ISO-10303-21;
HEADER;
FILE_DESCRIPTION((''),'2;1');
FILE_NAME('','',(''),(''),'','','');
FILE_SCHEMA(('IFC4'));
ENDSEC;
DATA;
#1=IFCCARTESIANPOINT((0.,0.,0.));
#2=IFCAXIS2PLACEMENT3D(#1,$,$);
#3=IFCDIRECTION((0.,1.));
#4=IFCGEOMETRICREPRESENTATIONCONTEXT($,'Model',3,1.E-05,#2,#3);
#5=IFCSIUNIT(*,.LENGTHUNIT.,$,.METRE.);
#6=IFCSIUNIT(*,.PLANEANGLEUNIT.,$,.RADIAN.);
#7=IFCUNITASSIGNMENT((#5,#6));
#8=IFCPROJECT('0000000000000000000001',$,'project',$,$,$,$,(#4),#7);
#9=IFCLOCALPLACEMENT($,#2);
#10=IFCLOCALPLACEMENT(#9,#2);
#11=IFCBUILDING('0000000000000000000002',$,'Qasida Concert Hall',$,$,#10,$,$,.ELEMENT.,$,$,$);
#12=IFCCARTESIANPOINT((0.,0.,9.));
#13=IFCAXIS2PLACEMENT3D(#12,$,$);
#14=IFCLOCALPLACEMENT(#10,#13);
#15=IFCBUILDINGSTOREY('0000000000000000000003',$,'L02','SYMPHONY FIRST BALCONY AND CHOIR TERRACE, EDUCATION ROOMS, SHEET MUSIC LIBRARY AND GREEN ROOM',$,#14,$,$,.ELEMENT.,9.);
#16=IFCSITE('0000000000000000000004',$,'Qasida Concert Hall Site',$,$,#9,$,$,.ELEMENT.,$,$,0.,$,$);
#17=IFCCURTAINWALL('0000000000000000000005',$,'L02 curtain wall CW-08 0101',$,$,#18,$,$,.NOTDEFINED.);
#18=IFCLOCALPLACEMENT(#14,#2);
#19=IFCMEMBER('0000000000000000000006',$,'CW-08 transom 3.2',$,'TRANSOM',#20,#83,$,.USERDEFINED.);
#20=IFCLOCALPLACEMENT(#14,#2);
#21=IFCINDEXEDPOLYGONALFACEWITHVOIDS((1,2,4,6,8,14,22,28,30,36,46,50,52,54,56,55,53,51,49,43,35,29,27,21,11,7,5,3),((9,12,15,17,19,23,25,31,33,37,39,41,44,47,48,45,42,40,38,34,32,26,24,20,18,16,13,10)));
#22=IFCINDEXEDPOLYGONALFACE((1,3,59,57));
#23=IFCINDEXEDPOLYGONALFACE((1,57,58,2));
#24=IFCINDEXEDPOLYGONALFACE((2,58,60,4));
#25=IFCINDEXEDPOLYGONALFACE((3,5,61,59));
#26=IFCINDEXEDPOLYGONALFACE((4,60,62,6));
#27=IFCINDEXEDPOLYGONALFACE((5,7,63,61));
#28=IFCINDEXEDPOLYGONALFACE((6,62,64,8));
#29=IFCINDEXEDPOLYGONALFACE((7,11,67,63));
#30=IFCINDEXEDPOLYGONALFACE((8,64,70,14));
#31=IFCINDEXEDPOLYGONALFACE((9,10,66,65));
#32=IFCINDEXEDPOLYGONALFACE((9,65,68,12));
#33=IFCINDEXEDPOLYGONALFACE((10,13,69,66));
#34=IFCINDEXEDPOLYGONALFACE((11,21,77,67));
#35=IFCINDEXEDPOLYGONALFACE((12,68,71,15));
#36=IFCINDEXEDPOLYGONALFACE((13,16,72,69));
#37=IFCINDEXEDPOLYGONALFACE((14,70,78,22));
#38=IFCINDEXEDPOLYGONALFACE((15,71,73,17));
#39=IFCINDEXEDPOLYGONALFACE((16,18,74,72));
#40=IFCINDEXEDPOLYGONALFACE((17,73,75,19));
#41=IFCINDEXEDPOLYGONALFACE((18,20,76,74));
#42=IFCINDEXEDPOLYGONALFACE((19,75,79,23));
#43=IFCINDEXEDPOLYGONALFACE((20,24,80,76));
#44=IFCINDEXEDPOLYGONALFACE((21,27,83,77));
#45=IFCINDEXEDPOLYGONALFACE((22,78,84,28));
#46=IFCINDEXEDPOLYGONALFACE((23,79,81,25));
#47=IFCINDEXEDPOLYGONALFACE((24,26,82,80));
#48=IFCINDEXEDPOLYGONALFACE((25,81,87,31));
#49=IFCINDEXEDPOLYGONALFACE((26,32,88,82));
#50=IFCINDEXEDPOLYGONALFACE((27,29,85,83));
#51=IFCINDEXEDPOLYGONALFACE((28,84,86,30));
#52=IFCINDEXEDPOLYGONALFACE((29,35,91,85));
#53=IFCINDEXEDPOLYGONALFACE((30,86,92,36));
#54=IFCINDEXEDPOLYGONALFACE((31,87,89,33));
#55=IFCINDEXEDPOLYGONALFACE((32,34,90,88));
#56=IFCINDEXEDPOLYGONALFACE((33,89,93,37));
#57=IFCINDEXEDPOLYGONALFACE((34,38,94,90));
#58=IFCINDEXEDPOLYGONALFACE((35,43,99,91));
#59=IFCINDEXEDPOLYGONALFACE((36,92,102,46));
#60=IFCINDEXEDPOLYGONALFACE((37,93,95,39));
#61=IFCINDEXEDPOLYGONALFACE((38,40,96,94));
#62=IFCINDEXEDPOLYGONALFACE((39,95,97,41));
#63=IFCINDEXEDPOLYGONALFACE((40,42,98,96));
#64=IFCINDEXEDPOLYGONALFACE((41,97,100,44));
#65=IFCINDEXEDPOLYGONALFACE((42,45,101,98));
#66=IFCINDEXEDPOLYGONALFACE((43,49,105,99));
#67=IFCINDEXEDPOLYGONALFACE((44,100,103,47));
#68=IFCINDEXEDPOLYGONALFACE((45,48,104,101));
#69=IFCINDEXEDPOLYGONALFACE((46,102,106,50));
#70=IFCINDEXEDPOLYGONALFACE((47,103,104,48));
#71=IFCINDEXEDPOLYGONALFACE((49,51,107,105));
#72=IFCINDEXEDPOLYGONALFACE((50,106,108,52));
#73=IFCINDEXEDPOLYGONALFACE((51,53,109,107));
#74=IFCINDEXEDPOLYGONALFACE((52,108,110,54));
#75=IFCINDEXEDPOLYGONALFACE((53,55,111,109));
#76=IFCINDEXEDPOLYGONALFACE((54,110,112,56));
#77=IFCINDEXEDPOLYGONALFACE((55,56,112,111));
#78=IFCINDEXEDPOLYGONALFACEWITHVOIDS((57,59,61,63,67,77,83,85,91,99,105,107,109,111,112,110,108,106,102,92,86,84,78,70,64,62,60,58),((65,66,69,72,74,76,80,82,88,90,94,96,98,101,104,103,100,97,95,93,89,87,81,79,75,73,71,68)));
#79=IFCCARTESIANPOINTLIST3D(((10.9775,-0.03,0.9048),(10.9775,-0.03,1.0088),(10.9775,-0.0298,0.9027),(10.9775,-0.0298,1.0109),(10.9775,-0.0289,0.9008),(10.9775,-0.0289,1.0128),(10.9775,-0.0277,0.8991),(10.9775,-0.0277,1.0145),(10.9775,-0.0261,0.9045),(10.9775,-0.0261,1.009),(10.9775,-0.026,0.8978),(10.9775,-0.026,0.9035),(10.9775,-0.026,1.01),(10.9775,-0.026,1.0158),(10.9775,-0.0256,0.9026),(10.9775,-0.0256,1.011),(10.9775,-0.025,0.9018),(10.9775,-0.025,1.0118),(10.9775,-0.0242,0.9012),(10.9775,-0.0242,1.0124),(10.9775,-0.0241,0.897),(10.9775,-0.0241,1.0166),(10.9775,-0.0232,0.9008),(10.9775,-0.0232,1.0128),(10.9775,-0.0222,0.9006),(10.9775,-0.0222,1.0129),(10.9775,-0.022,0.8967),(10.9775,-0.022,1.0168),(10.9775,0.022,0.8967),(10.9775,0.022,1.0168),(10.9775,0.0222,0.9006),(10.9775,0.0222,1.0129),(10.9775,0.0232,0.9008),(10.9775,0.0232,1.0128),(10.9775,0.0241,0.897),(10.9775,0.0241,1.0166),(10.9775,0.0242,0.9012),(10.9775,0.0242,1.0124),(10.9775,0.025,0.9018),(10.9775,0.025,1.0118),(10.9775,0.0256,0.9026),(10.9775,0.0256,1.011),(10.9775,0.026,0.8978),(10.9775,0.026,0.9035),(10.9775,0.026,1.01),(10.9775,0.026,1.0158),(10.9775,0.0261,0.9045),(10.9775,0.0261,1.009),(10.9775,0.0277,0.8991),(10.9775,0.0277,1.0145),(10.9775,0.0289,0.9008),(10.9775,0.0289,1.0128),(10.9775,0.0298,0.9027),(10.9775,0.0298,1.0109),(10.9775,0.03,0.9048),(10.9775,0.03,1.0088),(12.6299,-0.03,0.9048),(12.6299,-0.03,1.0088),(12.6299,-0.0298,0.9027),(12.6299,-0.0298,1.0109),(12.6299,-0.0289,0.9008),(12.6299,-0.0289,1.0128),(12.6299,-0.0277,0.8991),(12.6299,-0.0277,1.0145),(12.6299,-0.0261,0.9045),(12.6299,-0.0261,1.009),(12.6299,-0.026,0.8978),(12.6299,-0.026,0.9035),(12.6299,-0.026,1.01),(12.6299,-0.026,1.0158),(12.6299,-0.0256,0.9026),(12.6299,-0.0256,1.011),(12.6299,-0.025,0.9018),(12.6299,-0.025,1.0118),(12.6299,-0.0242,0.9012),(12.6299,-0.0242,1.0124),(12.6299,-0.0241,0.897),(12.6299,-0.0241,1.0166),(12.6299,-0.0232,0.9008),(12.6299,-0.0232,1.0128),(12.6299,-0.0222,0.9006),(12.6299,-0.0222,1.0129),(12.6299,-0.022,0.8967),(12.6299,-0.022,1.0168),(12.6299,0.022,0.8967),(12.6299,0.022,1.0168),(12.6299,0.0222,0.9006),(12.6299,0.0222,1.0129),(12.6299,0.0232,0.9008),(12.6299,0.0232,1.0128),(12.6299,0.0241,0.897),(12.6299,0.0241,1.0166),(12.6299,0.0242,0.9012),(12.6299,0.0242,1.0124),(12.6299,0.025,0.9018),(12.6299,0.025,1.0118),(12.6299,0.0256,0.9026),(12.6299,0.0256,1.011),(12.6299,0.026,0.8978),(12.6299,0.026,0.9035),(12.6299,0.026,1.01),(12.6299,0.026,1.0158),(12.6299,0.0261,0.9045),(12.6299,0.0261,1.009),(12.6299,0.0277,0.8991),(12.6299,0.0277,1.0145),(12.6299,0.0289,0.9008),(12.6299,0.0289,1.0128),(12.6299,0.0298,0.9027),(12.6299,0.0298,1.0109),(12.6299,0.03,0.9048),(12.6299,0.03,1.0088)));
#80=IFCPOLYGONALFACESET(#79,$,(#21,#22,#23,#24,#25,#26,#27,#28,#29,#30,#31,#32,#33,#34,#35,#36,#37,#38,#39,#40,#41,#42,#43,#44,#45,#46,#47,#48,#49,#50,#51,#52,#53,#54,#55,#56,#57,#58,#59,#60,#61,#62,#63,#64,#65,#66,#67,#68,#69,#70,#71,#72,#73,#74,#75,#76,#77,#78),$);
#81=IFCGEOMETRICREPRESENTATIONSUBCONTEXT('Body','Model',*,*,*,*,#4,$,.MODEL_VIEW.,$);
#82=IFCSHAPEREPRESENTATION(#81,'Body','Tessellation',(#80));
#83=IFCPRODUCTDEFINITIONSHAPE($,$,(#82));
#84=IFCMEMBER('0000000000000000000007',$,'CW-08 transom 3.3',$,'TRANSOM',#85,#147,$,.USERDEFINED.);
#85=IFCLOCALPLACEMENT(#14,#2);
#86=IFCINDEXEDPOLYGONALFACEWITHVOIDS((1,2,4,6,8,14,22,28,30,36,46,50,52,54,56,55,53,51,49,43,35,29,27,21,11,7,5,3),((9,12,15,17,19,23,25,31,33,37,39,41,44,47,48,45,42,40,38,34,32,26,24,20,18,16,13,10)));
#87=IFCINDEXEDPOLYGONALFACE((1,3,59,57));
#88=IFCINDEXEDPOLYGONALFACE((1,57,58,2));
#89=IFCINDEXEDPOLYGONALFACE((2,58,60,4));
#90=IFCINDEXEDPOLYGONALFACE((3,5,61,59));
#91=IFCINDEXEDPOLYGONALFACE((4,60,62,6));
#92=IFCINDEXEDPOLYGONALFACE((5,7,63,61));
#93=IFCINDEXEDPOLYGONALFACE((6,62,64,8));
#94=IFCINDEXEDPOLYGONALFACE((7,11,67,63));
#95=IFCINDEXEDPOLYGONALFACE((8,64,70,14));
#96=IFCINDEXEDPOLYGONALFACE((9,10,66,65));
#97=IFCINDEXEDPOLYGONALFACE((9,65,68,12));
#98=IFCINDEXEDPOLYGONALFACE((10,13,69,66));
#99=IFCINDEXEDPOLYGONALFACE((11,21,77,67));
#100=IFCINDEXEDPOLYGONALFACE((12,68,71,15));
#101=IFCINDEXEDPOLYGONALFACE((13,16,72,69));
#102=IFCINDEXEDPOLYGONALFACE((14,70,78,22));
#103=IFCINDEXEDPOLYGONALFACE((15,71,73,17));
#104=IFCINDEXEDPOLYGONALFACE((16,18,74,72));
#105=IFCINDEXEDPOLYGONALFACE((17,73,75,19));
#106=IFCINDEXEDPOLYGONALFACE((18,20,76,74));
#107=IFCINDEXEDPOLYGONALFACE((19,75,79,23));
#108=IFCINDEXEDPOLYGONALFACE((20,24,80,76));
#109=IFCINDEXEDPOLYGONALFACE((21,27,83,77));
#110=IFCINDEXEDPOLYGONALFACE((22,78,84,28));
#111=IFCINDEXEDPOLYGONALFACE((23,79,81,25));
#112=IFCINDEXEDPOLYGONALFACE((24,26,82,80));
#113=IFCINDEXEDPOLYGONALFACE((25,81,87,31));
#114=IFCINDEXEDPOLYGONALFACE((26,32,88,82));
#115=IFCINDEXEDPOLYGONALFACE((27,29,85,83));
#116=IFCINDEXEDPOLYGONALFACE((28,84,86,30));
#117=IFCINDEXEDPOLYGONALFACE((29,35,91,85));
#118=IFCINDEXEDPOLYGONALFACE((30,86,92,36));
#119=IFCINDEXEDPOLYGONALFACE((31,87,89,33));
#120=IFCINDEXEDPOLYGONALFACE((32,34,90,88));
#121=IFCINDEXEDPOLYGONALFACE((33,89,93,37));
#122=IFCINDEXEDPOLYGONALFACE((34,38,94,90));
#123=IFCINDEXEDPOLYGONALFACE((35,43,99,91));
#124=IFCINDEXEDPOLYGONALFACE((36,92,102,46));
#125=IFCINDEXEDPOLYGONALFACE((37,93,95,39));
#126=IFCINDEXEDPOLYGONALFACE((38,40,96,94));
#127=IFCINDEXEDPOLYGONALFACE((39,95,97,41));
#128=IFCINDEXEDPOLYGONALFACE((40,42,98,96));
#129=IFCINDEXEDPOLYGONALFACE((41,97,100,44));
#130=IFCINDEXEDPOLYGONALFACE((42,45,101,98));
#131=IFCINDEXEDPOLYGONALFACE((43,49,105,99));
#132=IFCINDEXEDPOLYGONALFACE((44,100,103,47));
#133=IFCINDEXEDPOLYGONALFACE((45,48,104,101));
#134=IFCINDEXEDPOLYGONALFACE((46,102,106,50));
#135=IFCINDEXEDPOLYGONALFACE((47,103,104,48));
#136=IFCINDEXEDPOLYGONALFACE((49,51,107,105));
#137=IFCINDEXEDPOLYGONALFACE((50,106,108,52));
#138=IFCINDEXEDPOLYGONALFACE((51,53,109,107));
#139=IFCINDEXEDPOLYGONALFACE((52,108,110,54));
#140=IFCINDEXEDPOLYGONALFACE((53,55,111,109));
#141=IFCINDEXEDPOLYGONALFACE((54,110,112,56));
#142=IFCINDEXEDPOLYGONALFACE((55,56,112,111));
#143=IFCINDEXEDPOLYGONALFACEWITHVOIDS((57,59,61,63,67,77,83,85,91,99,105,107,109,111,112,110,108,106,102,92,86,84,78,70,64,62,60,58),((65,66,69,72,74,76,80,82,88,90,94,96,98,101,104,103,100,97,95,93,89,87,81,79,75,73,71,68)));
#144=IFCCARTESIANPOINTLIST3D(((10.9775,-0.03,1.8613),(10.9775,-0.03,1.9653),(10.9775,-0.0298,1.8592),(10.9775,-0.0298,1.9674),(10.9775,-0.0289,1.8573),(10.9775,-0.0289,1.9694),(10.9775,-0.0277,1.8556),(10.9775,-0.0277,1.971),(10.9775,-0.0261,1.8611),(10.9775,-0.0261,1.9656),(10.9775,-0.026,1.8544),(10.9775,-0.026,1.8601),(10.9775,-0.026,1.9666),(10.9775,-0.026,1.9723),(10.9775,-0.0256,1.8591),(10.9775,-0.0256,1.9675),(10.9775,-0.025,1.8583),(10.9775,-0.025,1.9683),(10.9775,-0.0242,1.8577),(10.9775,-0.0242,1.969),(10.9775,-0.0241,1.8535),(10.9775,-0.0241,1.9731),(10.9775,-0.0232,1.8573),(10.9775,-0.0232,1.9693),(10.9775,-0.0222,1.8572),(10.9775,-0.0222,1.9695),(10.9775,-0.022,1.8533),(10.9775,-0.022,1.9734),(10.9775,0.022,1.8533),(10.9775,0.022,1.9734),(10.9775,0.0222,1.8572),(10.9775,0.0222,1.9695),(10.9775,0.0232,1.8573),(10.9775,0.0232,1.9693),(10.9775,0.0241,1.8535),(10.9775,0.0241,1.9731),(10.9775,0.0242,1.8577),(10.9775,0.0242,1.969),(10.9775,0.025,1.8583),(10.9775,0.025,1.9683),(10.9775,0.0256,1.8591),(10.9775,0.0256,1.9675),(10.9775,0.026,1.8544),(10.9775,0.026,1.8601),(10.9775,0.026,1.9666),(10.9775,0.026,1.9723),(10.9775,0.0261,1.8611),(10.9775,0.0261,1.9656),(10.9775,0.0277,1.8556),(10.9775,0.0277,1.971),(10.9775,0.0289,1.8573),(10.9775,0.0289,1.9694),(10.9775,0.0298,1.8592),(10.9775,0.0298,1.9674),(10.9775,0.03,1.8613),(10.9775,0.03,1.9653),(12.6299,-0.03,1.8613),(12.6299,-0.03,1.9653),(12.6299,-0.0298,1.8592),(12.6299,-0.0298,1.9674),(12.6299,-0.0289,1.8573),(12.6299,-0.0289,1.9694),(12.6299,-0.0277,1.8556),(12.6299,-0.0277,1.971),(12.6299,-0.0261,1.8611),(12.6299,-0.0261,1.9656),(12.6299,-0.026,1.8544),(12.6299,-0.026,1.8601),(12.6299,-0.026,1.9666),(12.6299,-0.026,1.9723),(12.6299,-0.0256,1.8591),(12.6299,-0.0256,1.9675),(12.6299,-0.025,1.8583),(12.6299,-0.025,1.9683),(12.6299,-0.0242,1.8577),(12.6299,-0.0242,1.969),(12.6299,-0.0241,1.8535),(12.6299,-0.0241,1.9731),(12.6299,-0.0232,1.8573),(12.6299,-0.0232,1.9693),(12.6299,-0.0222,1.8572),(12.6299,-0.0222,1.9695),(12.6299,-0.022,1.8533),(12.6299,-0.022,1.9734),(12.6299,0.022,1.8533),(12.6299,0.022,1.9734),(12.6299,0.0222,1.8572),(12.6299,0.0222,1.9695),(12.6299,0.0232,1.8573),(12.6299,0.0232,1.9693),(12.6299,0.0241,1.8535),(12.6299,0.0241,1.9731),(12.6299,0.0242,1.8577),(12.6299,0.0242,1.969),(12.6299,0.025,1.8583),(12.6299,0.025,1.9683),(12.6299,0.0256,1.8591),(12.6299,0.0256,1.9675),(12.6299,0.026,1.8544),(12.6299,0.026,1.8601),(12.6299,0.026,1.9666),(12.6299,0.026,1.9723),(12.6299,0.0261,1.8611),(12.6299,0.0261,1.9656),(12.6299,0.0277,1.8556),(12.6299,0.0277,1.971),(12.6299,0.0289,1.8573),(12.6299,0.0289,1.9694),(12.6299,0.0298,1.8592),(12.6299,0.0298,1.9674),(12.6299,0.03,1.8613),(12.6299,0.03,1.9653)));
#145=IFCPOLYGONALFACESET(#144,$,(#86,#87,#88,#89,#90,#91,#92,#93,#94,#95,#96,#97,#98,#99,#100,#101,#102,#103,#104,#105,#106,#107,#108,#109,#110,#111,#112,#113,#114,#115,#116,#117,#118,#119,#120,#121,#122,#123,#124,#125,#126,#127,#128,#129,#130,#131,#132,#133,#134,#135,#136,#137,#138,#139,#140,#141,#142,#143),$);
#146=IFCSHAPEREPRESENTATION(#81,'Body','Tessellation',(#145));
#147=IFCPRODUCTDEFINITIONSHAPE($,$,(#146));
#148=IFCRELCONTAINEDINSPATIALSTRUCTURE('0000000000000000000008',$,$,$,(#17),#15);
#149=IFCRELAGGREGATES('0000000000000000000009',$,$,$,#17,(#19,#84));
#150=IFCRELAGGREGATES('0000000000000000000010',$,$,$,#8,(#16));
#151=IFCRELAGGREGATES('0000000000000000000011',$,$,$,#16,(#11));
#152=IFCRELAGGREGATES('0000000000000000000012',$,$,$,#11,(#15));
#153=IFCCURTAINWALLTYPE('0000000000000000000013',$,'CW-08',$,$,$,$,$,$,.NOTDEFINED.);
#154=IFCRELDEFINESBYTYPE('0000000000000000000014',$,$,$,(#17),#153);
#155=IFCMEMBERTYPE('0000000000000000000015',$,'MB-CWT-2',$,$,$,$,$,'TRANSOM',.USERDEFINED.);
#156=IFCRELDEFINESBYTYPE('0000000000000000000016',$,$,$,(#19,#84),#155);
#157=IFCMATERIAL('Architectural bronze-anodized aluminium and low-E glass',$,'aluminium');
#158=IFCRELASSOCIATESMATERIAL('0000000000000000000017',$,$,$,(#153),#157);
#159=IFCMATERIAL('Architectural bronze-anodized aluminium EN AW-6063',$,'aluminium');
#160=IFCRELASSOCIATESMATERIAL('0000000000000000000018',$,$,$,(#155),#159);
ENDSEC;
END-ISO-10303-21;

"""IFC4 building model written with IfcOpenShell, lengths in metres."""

from ifc_helpers import new_model, si_unit, direction, frame, origin, origin_2d, place, context, subcontext, project, spatial, hollow_rectangle, extrude, material, material_profile, profile_set, type_object, element, aggregate, save


model = new_model("IFC4")

# Units and contexts
model_context = context("Model", 3, precision=1e-05, world=origin(), true_north=direction((0.0, 1.0)))
body_context = subcontext(model_context, "Body", "Model", "MODEL_VIEW")
ifc_project = project(units=[si_unit("LENGTHUNIT", "METRE"), si_unit("PLANEANGLEUNIT", "RADIAN")], contexts=[model_context])

# Site, building, storey
site_placement = place(None, origin())
site = spatial("IfcSite", under=ifc_project, at=site_placement, Name="Qasida Concert Hall Site", CompositionType="ELEMENT", RefElevation=0.0)
building_placement = place(site_placement, origin())
building = spatial("IfcBuilding", under=site, at=building_placement, Name="Qasida Concert Hall", CompositionType="ELEMENT")
storey_placement = place(building_placement, frame((0.0, 0.0, 9.0)))
storey = spatial("IfcBuildingStorey", under=building, at=storey_placement, Name="L02", Description="SYMPHONY FIRST BALCONY AND CHOIR TERRACE, EDUCATION ROOMS, SHEET MUSIC LIBRARY AND GREEN ROOM", CompositionType="ELEMENT", Elevation=9.0)

# Curtain wall, members
ifc_material_1 = material(Name="Architectural bronze-anodized aluminium and low-E glass", Category="aluminium")
curtain_wall_type = type_object("IfcCurtainWallType", Name="CW-08", PredefinedType="NOTDEFINED", material=ifc_material_1)
curtain_wall_placement = place(storey_placement, origin())
curtain_wall = element("IfcCurtainWall", 1, at=curtain_wall_placement, inside=storey, type_object=curtain_wall_type, Name="L02 curtain wall CW-08 0101", PredefinedType="NOTDEFINED")
ifc_material_2 = material(Name="Architectural bronze-anodized aluminium EN AW-6063", Category="aluminium")
ifc_material_profile_1 = material_profile(ifc_material_2, hollow_rectangle(XDim=0.0601, YDim=0.1201, WallThickness=0.0039, InnerFilletRadius=0.0039, OuterFilletRadius=0.0081, at=origin_2d()), Name="CWT 120x60x4")
ifc_profile_set_1 = profile_set([ifc_material_profile_1], Name="Architectural bronze-anodized aluminium EN AW-6063")
member_type_1 = type_object("IfcMemberType", Name="MB-CWT-2", ElementType="TRANSOM", PredefinedType="USERDEFINED", material=ifc_profile_set_1)
member_1_placement = place(storey_placement, frame((10.9775, 0.0, 0.9568), z_axis=(1.0, 0.0, 0.0), x_axis=(0.0, 1.0, 0.0)))
member_1 = element("IfcMember", 2, at=member_1_placement, type_object=member_type_1, Name="CW-08 transom 3.2", ObjectType="TRANSOM", PredefinedType="USERDEFINED", context=body_context, shape_type="SweptSolid", body=[
    extrude(hollow_rectangle(XDim=0.0601, YDim=0.1201, WallThickness=0.0039, InnerFilletRadius=0.0039, OuterFilletRadius=0.0081, at=origin_2d()), origin(), (0.0, 0.0, 1.0), 1.6523),
])
member_2_placement = place(storey_placement, frame((10.9775, 0.0, 1.9133), z_axis=(1.0, 0.0, 0.0), x_axis=(0.0, 1.0, 0.0)))
member_2 = element("IfcMember", 3, at=member_2_placement, type_object=member_type_1, Name="CW-08 transom 3.3", ObjectType="TRANSOM", PredefinedType="USERDEFINED", context=body_context, shape_type="SweptSolid", body=[
    extrude(hollow_rectangle(XDim=0.0601, YDim=0.1201, WallThickness=0.0039, InnerFilletRadius=0.0039, OuterFilletRadius=0.0081, at=origin_2d()), origin(), (0.0, 0.0, 1.0), 1.6523),
])
aggregate(curtain_wall, [member_1, member_2])

save(model, "model.ifc")
